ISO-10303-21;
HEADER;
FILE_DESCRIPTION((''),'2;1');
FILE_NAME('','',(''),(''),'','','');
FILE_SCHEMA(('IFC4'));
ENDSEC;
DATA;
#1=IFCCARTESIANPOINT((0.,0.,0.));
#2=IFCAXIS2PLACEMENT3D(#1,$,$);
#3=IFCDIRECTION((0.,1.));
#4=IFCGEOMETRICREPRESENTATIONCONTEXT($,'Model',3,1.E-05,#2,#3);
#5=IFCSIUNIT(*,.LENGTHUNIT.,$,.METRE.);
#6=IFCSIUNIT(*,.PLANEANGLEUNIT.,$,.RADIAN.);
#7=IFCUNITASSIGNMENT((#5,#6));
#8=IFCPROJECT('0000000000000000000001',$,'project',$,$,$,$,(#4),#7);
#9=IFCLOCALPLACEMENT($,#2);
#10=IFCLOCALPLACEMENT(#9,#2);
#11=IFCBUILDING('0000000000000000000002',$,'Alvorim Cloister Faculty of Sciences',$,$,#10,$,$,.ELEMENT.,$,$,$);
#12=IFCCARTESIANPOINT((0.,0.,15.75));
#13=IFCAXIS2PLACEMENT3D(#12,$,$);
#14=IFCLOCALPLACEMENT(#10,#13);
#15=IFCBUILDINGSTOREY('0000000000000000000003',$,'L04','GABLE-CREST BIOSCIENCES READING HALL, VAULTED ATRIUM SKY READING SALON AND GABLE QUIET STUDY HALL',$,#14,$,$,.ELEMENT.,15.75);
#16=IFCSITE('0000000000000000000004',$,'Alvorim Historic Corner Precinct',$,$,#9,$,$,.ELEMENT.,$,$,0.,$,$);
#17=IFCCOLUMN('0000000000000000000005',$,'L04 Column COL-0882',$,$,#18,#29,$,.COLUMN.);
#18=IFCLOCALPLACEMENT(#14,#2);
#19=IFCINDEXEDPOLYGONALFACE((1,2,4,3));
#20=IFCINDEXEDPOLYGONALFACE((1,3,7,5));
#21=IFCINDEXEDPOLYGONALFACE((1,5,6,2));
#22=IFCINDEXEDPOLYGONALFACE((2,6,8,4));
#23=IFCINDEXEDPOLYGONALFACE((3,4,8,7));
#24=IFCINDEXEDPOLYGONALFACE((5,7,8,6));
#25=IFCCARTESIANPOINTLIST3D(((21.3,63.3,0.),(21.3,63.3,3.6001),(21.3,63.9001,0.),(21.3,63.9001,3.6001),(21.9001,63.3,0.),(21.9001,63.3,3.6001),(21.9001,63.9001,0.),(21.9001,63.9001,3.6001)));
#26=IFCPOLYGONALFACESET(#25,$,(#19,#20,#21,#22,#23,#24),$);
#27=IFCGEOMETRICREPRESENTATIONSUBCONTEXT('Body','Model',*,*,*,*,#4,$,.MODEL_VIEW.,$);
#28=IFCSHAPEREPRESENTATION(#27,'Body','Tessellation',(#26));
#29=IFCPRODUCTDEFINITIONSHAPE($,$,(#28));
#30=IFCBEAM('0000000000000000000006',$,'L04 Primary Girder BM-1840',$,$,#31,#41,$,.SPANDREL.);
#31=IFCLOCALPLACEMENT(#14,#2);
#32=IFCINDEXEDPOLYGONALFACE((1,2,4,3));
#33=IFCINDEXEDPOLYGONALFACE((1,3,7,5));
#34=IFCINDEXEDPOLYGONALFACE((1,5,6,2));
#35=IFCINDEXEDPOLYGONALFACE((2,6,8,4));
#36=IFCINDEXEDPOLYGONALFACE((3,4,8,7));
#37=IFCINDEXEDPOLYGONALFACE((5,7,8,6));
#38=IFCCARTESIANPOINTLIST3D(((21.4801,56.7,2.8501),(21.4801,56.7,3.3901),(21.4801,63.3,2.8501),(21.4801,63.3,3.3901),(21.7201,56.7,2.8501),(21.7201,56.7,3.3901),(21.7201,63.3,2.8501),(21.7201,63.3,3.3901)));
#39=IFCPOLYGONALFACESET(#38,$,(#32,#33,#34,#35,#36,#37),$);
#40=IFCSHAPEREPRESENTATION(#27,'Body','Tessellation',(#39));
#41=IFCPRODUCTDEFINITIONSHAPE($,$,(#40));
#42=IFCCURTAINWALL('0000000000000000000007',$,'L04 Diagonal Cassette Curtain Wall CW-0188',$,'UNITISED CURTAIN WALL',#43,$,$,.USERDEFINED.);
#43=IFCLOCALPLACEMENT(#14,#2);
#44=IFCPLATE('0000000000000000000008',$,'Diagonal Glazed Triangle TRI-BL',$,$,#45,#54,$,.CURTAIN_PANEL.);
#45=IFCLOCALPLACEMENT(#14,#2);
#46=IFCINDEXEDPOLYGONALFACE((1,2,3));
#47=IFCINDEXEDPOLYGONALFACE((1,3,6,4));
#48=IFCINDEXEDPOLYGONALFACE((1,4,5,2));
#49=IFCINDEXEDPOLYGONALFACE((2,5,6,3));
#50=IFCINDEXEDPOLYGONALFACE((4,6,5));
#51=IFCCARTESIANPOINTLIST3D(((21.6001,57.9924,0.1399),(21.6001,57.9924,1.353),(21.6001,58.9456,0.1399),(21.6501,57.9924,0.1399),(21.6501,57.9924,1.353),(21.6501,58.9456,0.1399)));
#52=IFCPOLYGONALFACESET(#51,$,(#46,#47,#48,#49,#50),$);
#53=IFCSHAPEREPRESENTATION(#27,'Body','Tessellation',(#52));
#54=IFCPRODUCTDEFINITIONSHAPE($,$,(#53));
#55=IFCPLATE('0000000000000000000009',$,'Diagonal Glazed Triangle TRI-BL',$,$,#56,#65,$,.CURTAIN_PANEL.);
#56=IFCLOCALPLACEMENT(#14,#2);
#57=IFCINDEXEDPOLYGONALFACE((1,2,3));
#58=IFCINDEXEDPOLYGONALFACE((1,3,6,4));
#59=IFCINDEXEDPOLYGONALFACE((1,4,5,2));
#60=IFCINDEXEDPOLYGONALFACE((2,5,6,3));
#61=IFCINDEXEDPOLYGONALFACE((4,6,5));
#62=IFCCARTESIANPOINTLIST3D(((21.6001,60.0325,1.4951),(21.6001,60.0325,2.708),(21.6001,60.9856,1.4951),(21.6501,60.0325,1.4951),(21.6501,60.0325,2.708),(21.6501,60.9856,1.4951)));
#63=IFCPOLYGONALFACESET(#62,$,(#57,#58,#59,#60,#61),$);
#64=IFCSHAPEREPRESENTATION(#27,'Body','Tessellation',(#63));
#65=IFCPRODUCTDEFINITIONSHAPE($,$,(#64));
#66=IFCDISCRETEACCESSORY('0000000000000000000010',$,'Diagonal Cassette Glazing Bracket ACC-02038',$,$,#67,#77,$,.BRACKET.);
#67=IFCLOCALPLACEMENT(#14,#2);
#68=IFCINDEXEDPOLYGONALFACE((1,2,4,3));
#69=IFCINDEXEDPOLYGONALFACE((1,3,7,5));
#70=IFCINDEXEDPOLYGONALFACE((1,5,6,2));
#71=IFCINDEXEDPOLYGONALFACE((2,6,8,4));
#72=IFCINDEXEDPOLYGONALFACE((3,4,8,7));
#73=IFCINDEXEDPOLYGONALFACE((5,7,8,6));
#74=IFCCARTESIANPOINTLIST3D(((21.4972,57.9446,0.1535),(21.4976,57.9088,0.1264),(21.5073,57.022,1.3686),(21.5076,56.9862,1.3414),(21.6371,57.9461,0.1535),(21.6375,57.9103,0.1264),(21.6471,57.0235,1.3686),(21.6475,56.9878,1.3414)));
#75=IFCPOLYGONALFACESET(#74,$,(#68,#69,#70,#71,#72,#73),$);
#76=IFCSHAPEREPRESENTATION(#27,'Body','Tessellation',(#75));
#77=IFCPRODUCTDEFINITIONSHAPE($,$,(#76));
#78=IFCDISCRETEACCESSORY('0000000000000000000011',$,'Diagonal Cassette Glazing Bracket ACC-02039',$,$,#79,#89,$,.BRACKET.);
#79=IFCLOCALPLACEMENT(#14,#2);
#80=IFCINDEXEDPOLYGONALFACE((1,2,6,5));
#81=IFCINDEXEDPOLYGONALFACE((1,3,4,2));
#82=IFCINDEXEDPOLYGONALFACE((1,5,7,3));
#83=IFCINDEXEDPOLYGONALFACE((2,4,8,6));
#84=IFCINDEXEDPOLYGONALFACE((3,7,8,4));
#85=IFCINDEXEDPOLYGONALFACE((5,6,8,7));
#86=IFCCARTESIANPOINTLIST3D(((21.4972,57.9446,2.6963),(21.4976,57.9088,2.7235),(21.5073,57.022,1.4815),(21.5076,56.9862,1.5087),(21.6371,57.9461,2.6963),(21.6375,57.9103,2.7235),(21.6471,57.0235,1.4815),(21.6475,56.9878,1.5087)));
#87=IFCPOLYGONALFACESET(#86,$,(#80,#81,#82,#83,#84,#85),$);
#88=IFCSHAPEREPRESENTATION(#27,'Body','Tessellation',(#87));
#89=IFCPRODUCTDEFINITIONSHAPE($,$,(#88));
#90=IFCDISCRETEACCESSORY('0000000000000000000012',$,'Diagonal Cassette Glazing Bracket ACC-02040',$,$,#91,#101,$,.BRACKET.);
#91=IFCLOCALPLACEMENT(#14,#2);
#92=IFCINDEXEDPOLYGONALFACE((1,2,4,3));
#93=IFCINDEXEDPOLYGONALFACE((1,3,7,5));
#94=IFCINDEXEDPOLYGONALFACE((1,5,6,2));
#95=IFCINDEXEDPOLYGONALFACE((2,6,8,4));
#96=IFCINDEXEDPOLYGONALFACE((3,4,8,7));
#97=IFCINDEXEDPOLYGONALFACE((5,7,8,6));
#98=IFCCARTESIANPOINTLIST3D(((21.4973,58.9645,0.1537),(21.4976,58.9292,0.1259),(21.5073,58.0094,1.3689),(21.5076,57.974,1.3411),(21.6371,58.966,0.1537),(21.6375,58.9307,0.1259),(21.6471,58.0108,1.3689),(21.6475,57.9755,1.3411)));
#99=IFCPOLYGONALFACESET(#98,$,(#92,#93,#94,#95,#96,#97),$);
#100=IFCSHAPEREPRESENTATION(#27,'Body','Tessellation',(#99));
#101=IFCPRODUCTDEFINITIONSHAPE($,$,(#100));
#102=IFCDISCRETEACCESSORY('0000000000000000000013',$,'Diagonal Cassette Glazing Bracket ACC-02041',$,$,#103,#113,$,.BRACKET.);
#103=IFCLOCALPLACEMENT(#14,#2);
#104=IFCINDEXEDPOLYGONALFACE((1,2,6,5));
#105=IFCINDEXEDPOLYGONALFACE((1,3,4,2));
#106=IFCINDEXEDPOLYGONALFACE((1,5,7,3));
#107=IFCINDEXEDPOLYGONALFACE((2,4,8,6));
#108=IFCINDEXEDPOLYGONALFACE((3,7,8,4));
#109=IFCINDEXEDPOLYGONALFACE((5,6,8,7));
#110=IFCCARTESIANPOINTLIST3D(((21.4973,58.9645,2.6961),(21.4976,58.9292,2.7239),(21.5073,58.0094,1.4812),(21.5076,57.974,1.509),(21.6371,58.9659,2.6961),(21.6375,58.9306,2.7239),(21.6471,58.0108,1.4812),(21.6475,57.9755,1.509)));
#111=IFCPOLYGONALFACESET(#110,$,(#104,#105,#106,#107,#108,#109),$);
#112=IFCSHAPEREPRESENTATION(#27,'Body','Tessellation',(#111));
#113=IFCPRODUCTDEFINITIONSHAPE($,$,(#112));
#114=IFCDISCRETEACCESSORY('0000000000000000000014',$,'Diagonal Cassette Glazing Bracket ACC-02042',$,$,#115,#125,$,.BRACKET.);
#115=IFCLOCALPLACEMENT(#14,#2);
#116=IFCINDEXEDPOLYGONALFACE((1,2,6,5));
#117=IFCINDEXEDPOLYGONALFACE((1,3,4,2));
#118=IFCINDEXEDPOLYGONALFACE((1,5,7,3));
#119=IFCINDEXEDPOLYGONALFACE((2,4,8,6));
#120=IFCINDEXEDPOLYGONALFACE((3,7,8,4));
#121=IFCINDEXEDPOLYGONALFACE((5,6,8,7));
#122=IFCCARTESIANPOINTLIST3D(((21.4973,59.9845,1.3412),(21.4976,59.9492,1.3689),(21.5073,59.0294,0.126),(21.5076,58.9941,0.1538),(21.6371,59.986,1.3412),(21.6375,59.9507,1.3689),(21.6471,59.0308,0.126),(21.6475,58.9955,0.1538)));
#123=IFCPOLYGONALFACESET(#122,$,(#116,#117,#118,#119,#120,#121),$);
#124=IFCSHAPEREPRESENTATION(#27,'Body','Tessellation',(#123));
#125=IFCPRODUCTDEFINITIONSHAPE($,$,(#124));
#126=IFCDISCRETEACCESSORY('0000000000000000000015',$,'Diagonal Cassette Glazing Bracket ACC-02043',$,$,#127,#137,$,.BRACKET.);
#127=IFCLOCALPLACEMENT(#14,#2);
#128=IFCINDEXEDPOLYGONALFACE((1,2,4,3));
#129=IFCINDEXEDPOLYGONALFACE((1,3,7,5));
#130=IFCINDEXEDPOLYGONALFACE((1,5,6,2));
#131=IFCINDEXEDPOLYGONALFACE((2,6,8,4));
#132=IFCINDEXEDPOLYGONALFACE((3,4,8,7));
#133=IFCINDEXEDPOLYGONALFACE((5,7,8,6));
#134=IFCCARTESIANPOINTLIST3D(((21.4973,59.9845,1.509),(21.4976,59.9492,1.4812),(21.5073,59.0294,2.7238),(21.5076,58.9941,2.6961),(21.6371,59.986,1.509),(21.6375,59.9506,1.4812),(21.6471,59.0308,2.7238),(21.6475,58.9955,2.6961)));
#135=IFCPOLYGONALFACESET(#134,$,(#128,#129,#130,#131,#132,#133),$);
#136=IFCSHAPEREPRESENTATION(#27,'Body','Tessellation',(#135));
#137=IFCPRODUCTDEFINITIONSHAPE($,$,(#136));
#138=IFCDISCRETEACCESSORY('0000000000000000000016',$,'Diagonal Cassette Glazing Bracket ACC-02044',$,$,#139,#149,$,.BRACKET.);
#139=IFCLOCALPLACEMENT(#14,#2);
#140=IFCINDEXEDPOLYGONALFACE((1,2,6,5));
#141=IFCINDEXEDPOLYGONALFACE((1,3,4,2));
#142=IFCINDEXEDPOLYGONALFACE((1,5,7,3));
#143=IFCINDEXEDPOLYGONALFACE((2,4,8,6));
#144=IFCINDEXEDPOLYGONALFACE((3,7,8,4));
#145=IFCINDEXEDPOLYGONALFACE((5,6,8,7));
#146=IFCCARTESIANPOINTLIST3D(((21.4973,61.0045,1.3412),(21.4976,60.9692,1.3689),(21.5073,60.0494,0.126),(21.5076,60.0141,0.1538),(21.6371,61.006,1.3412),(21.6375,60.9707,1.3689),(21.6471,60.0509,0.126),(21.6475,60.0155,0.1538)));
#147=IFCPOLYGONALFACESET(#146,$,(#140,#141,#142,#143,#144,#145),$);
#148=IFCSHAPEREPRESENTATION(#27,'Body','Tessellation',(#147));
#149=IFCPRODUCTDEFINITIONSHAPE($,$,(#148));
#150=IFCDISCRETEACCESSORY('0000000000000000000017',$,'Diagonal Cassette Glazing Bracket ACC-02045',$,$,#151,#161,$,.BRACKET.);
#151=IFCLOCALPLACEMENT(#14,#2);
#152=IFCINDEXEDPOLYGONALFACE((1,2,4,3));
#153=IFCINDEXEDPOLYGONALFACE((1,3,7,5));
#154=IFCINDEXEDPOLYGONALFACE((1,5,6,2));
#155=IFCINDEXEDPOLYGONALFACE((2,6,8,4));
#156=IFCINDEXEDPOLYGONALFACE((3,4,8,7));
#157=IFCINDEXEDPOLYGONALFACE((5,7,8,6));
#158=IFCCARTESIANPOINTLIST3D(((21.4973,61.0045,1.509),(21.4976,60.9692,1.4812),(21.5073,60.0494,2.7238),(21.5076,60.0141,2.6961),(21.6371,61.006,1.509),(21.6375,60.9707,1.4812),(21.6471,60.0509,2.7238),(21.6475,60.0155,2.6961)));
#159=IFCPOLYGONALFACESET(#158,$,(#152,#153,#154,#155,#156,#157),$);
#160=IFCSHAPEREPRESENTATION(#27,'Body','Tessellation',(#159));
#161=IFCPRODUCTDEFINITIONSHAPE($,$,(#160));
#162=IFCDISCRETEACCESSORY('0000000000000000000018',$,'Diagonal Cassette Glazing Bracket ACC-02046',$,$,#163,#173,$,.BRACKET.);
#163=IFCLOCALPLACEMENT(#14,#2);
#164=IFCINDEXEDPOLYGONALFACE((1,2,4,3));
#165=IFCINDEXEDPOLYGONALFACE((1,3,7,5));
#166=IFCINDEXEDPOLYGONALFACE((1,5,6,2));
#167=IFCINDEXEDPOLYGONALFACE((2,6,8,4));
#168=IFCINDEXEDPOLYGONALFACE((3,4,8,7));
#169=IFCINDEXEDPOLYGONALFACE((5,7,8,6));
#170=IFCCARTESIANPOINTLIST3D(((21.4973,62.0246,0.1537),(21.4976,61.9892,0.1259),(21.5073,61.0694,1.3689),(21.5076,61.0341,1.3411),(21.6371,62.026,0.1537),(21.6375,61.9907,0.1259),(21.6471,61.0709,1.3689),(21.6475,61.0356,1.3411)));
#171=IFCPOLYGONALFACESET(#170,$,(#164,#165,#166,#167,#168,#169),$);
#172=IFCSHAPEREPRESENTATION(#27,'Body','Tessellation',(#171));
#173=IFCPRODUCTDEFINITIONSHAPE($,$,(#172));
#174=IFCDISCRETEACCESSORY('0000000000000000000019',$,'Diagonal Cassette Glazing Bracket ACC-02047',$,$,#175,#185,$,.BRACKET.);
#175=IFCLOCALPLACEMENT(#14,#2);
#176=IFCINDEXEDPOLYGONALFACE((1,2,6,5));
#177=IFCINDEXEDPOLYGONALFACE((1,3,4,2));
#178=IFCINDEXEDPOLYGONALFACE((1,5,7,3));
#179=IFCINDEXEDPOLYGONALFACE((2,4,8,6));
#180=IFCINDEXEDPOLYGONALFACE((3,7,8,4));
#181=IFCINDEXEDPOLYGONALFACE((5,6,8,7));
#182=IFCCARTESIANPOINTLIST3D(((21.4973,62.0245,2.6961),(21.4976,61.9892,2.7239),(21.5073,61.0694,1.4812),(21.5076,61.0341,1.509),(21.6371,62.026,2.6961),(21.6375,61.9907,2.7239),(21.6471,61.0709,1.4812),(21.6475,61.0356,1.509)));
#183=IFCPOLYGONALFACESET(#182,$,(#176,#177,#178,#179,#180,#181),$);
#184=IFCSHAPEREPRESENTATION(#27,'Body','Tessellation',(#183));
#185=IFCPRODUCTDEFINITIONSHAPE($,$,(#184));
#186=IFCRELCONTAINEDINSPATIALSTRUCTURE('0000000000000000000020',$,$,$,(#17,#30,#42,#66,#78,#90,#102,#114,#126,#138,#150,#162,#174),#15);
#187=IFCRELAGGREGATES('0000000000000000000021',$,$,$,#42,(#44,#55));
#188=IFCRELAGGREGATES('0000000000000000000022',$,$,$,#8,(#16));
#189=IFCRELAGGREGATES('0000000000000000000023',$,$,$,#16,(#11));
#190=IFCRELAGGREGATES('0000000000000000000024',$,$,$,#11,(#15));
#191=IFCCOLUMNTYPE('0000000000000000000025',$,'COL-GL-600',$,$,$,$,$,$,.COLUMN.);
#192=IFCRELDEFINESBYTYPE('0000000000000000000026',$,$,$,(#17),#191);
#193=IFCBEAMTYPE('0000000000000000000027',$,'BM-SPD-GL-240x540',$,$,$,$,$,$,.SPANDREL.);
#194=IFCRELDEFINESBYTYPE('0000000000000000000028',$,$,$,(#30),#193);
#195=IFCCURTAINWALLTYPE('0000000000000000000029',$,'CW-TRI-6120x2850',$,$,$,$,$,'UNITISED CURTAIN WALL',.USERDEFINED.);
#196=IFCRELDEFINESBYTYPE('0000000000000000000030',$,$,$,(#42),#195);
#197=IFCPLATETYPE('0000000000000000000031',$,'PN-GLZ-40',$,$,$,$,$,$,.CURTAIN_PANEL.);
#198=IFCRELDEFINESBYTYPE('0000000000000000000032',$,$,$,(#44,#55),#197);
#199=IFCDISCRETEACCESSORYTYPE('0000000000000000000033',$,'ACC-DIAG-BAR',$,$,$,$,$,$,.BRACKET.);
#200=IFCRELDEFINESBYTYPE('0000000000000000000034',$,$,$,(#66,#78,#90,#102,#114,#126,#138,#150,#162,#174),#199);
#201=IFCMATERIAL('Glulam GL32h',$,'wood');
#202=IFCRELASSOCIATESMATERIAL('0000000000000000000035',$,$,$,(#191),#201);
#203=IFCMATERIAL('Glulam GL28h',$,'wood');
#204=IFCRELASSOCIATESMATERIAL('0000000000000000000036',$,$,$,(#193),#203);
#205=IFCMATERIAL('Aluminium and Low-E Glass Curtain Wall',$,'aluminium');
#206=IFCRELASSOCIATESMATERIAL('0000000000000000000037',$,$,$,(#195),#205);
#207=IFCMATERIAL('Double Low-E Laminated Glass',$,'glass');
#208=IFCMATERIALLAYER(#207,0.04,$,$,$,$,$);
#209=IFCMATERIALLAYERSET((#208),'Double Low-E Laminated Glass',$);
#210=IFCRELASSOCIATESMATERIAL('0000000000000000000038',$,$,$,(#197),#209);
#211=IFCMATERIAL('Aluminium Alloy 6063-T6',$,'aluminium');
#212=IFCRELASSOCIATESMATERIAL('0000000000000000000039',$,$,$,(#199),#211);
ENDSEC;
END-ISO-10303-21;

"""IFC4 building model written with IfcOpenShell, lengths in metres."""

from ifc_helpers import new_model, si_unit, direction, frame, origin, origin_2d, place, context, subcontext, project, spatial, polyline, rectangle, outline, extrude, material, layer, layer_set, material_profile, profile_set, type_object, element, aggregate, save


model = new_model("IFC4")

# Units and contexts
model_context = context("Model", 3, precision=1e-05, world=origin(), true_north=direction((0.0, 1.0)))
body_context = subcontext(model_context, "Body", "Model", "MODEL_VIEW")
ifc_project = project(units=[si_unit("LENGTHUNIT", "METRE"), si_unit("PLANEANGLEUNIT", "RADIAN")], contexts=[model_context])

# Site, building, storey
site_placement = place(None, origin())
site = spatial("IfcSite", under=ifc_project, at=site_placement, Name="Alvorim Historic Corner Precinct", CompositionType="ELEMENT", RefElevation=0.0)
building_placement = place(site_placement, origin())
building = spatial("IfcBuilding", under=site, at=building_placement, Name="Alvorim Cloister Faculty of Sciences", CompositionType="ELEMENT")
storey_placement = place(building_placement, frame((0.0, 0.0, 15.75)))
storey = spatial("IfcBuildingStorey", under=building, at=storey_placement, Name="L04", Description="GABLE-CREST BIOSCIENCES READING HALL, VAULTED ATRIUM SKY READING SALON AND GABLE QUIET STUDY HALL", CompositionType="ELEMENT", Elevation=15.75)

# Column
ifc_material_1 = material(Name="Glulam GL32h", Category="wood")
ifc_material_profile_1 = material_profile(ifc_material_1, rectangle(XDim=0.6001, YDim=0.6001, at=origin_2d()), Name="GL32-COL-600x600")
ifc_profile_set_1 = profile_set([ifc_material_profile_1], Name="Glulam GL32h")
column_type = type_object("IfcColumnType", Name="COL-GL-600", PredefinedType="COLUMN", material=ifc_profile_set_1)
column_placement = place(storey_placement, frame((21.6001, 63.6001, 0.0), z_axis=(0.0, 0.0, 1.0), x_axis=(1.0, 0.0, 0.0)))
element("IfcColumn", 1, at=column_placement, inside=storey, type_object=column_type, Name="L04 Column COL-0882", PredefinedType="COLUMN", context=body_context, shape_type="SweptSolid", body=[
    extrude(rectangle(XDim=0.6001, YDim=0.6001, at=origin_2d()), origin(), (0.0, 0.0, 1.0), 3.6001),
])

# Beam
ifc_material_2 = material(Name="Glulam GL28h", Category="wood")
ifc_material_profile_2 = material_profile(ifc_material_2, rectangle(XDim=0.24, YDim=0.54, at=origin_2d()), Name="GL28-SPD-240x540")
ifc_profile_set_2 = profile_set([ifc_material_profile_2], Name="Glulam GL28h")
beam_type = type_object("IfcBeamType", Name="BM-SPD-GL-240x540", PredefinedType="SPANDREL", material=ifc_profile_set_2)
beam_placement = place(storey_placement, frame((21.6001, 56.7, 3.1201), z_axis=(0.0, 1.0, 0.0), x_axis=(-1.0, 0.0, 0.0)))
element("IfcBeam", 2, at=beam_placement, inside=storey, type_object=beam_type, Name="L04 Primary Girder BM-1840", PredefinedType="SPANDREL", context=body_context, shape_type="SweptSolid", body=[
    extrude(rectangle(XDim=0.24, YDim=0.54, at=origin_2d()), origin(), (0.0, 0.0, 1.0), 6.6001),
])

# Curtain wall, plates
ifc_material_3 = material(Name="Aluminium and Low-E Glass Curtain Wall", Category="aluminium")
curtain_wall_type = type_object("IfcCurtainWallType", Name="CW-TRI-6120x2850", ElementType="UNITISED CURTAIN WALL", PredefinedType="USERDEFINED", material=ifc_material_3)
curtain_wall_placement = place(storey_placement, origin())
curtain_wall = element("IfcCurtainWall", 3, at=curtain_wall_placement, inside=storey, type_object=curtain_wall_type, Name="L04 Diagonal Cassette Curtain Wall CW-0188", ObjectType="UNITISED CURTAIN WALL", PredefinedType="USERDEFINED")
ifc_material_4 = material(Name="Double Low-E Laminated Glass", Category="glass")
ifc_layer = layer(ifc_material_4, 0.04)
ifc_layer_set = layer_set([ifc_layer], Name="Double Low-E Laminated Glass")
plate_type = type_object("IfcPlateType", Name="PN-GLZ-40", PredefinedType="CURTAIN_PANEL", material=ifc_layer_set)
plate_1_placement = place(storey_placement, frame((21.625, 57.9924, 0.1399), z_axis=(0.0, 0.0, 1.0), x_axis=(0.0, 1.0, 0.0)))
plate_1 = element("IfcPlate", 4, at=plate_1_placement, type_object=plate_type, Name="Diagonal Glazed Triangle TRI-BL", PredefinedType="CURTAIN_PANEL", context=body_context, shape_type="SweptSolid", body=[
    extrude(outline(polyline([(0.0, 0.0), (0.9531, 0.0), (0.0, 1.2131), (0.0, 0.0)])), frame((0.0, 0.0249, 0.0), z_axis=(0.0, -1.0, 0.0), x_axis=(1.0, 0.0, 0.0)), (0.0, 0.0, 1.0), 0.05),
])
plate_2_placement = place(storey_placement, frame((21.625, 60.0325, 1.4951), z_axis=(0.0, 0.0, 1.0), x_axis=(0.0, 1.0, 0.0)))
plate_2 = element("IfcPlate", 5, at=plate_2_placement, type_object=plate_type, Name="Diagonal Glazed Triangle TRI-BL", PredefinedType="CURTAIN_PANEL", context=body_context, shape_type="SweptSolid", body=[
    extrude(outline(polyline([(0.0, 0.0), (0.9531, 0.0), (0.0, 1.2129), (0.0, 0.0)])), frame((0.0, 0.0249, 0.0), z_axis=(0.0, -1.0, 0.0), x_axis=(1.0, 0.0, 0.0)), (0.0, 0.0, 1.0), 0.05),
])
aggregate(curtain_wall, [plate_1, plate_2])

# Discrete accessories
ifc_material_5 = material(Name="Aluminium Alloy 6063-T6", Category="aluminium")
discrete_accessory_type = type_object("IfcDiscreteAccessoryType", Name="ACC-DIAG-BAR", PredefinedType="BRACKET", material=ifc_material_5)
discrete_accessory_1_placement = place(storey_placement, frame((21.5774, 57.0049, 1.355), z_axis=(-0.006561, 0.604713, -0.796416), x_axis=(-0.999941, -0.010849, 0.0)))
element("IfcDiscreteAccessory", 6, at=discrete_accessory_1_placement, inside=storey, type_object=discrete_accessory_type, Name="Diagonal Cassette Glazing Bracket ACC-02038", PredefinedType="BRACKET", context=body_context, shape_type="SweptSolid", body=[
    extrude(rectangle(XDim=0.1399, YDim=0.0449, at=origin_2d()), origin(), (0.0, 0.0, 1.0), 1.5256),
])
discrete_accessory_2_placement = place(storey_placement, frame((21.5774, 57.0049, 1.4951), z_axis=(-0.006562, 0.60479, 0.796358), x_axis=(-0.999941, -0.010849, 0.0)))
element("IfcDiscreteAccessory", 7, at=discrete_accessory_2_placement, inside=storey, type_object=discrete_accessory_type, Name="Diagonal Cassette Glazing Bracket ACC-02039", PredefinedType="BRACKET", context=body_context, shape_type="SweptSolid", body=[
    extrude(rectangle(XDim=0.1399, YDim=0.0449, at=origin_2d()), origin(), (0.0, 0.0, 1.0), 1.5254),
])
discrete_accessory_3_placement = place(storey_placement, frame((21.5774, 57.9924, 1.355), z_axis=(-0.006477, 0.617955, -0.786187), x_axis=(-0.999945, -0.01048, 0.0)))
element("IfcDiscreteAccessory", 8, at=discrete_accessory_3_placement, inside=storey, type_object=discrete_accessory_type, Name="Diagonal Cassette Glazing Bracket ACC-02040", PredefinedType="BRACKET", context=body_context, shape_type="SweptSolid", body=[
    extrude(rectangle(XDim=0.1399, YDim=0.0449, at=origin_2d()), origin(), (0.0, 0.0, 1.0), 1.5457),
])
discrete_accessory_4_placement = place(storey_placement, frame((21.5774, 57.9924, 1.4951), z_axis=(-0.006477, 0.618032, 0.786126), x_axis=(-0.999945, -0.01048, 0.0)))
element("IfcDiscreteAccessory", 9, at=discrete_accessory_4_placement, inside=storey, type_object=discrete_accessory_type, Name="Diagonal Cassette Glazing Bracket ACC-02041", PredefinedType="BRACKET", context=body_context, shape_type="SweptSolid", body=[
    extrude(rectangle(XDim=0.1399, YDim=0.0449, at=origin_2d()), origin(), (0.0, 0.0, 1.0), 1.5454),
])
discrete_accessory_5_placement = place(storey_placement, frame((21.5774, 59.0125, 0.1399), z_axis=(-0.006477, 0.617955, 0.786187), x_axis=(-0.999945, -0.01048, 0.0)))
element("IfcDiscreteAccessory", 10, at=discrete_accessory_5_placement, inside=storey, type_object=discrete_accessory_type, Name="Diagonal Cassette Glazing Bracket ACC-02042", PredefinedType="BRACKET", context=body_context, shape_type="SweptSolid", body=[
    extrude(rectangle(XDim=0.1399, YDim=0.0449, at=origin_2d()), origin(), (0.0, 0.0, 1.0), 1.5457),
])
discrete_accessory_6_placement = place(storey_placement, frame((21.5774, 59.0125, 2.71), z_axis=(-0.006477, 0.618032, -0.786126), x_axis=(-0.999945, -0.01048, 0.0)))
element("IfcDiscreteAccessory", 11, at=discrete_accessory_6_placement, inside=storey, type_object=discrete_accessory_type, Name="Diagonal Cassette Glazing Bracket ACC-02043", PredefinedType="BRACKET", context=body_context, shape_type="SweptSolid", body=[
    extrude(rectangle(XDim=0.1399, YDim=0.0449, at=origin_2d()), origin(), (0.0, 0.0, 1.0), 1.5454),
])
discrete_accessory_7_placement = place(storey_placement, frame((21.5774, 60.0325, 0.1399), z_axis=(-0.006477, 0.617955, 0.786187), x_axis=(-0.999945, -0.01048, 0.0)))
element("IfcDiscreteAccessory", 12, at=discrete_accessory_7_placement, inside=storey, type_object=discrete_accessory_type, Name="Diagonal Cassette Glazing Bracket ACC-02044", PredefinedType="BRACKET", context=body_context, shape_type="SweptSolid", body=[
    extrude(rectangle(XDim=0.1399, YDim=0.0449, at=origin_2d()), origin(), (0.0, 0.0, 1.0), 1.5457),
])
discrete_accessory_8_placement = place(storey_placement, frame((21.5774, 60.0325, 2.71), z_axis=(-0.006477, 0.618032, -0.786126), x_axis=(-0.999945, -0.01048, 0.0)))
element("IfcDiscreteAccessory", 13, at=discrete_accessory_8_placement, inside=storey, type_object=discrete_accessory_type, Name="Diagonal Cassette Glazing Bracket ACC-02045", PredefinedType="BRACKET", context=body_context, shape_type="SweptSolid", body=[
    extrude(rectangle(XDim=0.1399, YDim=0.0449, at=origin_2d()), origin(), (0.0, 0.0, 1.0), 1.5454),
])
discrete_accessory_9_placement = place(storey_placement, frame((21.5774, 61.0525, 1.355), z_axis=(-0.006477, 0.617955, -0.786187), x_axis=(-0.999945, -0.01048, 0.0)))
element("IfcDiscreteAccessory", 14, at=discrete_accessory_9_placement, inside=storey, type_object=discrete_accessory_type, Name="Diagonal Cassette Glazing Bracket ACC-02046", PredefinedType="BRACKET", context=body_context, shape_type="SweptSolid", body=[
    extrude(rectangle(XDim=0.1399, YDim=0.0449, at=origin_2d()), origin(), (0.0, 0.0, 1.0), 1.5457),
])
discrete_accessory_10_placement = place(storey_placement, frame((21.5774, 61.0525, 1.4951), z_axis=(-0.006477, 0.618032, 0.786126), x_axis=(-0.999945, -0.01048, 0.0)))
element("IfcDiscreteAccessory", 15, at=discrete_accessory_10_placement, inside=storey, type_object=discrete_accessory_type, Name="Diagonal Cassette Glazing Bracket ACC-02047", PredefinedType="BRACKET", context=body_context, shape_type="SweptSolid", body=[
    extrude(rectangle(XDim=0.1399, YDim=0.0449, at=origin_2d()), origin(), (0.0, 0.0, 1.0), 1.5454),
])

save(model, "model.ifc")
